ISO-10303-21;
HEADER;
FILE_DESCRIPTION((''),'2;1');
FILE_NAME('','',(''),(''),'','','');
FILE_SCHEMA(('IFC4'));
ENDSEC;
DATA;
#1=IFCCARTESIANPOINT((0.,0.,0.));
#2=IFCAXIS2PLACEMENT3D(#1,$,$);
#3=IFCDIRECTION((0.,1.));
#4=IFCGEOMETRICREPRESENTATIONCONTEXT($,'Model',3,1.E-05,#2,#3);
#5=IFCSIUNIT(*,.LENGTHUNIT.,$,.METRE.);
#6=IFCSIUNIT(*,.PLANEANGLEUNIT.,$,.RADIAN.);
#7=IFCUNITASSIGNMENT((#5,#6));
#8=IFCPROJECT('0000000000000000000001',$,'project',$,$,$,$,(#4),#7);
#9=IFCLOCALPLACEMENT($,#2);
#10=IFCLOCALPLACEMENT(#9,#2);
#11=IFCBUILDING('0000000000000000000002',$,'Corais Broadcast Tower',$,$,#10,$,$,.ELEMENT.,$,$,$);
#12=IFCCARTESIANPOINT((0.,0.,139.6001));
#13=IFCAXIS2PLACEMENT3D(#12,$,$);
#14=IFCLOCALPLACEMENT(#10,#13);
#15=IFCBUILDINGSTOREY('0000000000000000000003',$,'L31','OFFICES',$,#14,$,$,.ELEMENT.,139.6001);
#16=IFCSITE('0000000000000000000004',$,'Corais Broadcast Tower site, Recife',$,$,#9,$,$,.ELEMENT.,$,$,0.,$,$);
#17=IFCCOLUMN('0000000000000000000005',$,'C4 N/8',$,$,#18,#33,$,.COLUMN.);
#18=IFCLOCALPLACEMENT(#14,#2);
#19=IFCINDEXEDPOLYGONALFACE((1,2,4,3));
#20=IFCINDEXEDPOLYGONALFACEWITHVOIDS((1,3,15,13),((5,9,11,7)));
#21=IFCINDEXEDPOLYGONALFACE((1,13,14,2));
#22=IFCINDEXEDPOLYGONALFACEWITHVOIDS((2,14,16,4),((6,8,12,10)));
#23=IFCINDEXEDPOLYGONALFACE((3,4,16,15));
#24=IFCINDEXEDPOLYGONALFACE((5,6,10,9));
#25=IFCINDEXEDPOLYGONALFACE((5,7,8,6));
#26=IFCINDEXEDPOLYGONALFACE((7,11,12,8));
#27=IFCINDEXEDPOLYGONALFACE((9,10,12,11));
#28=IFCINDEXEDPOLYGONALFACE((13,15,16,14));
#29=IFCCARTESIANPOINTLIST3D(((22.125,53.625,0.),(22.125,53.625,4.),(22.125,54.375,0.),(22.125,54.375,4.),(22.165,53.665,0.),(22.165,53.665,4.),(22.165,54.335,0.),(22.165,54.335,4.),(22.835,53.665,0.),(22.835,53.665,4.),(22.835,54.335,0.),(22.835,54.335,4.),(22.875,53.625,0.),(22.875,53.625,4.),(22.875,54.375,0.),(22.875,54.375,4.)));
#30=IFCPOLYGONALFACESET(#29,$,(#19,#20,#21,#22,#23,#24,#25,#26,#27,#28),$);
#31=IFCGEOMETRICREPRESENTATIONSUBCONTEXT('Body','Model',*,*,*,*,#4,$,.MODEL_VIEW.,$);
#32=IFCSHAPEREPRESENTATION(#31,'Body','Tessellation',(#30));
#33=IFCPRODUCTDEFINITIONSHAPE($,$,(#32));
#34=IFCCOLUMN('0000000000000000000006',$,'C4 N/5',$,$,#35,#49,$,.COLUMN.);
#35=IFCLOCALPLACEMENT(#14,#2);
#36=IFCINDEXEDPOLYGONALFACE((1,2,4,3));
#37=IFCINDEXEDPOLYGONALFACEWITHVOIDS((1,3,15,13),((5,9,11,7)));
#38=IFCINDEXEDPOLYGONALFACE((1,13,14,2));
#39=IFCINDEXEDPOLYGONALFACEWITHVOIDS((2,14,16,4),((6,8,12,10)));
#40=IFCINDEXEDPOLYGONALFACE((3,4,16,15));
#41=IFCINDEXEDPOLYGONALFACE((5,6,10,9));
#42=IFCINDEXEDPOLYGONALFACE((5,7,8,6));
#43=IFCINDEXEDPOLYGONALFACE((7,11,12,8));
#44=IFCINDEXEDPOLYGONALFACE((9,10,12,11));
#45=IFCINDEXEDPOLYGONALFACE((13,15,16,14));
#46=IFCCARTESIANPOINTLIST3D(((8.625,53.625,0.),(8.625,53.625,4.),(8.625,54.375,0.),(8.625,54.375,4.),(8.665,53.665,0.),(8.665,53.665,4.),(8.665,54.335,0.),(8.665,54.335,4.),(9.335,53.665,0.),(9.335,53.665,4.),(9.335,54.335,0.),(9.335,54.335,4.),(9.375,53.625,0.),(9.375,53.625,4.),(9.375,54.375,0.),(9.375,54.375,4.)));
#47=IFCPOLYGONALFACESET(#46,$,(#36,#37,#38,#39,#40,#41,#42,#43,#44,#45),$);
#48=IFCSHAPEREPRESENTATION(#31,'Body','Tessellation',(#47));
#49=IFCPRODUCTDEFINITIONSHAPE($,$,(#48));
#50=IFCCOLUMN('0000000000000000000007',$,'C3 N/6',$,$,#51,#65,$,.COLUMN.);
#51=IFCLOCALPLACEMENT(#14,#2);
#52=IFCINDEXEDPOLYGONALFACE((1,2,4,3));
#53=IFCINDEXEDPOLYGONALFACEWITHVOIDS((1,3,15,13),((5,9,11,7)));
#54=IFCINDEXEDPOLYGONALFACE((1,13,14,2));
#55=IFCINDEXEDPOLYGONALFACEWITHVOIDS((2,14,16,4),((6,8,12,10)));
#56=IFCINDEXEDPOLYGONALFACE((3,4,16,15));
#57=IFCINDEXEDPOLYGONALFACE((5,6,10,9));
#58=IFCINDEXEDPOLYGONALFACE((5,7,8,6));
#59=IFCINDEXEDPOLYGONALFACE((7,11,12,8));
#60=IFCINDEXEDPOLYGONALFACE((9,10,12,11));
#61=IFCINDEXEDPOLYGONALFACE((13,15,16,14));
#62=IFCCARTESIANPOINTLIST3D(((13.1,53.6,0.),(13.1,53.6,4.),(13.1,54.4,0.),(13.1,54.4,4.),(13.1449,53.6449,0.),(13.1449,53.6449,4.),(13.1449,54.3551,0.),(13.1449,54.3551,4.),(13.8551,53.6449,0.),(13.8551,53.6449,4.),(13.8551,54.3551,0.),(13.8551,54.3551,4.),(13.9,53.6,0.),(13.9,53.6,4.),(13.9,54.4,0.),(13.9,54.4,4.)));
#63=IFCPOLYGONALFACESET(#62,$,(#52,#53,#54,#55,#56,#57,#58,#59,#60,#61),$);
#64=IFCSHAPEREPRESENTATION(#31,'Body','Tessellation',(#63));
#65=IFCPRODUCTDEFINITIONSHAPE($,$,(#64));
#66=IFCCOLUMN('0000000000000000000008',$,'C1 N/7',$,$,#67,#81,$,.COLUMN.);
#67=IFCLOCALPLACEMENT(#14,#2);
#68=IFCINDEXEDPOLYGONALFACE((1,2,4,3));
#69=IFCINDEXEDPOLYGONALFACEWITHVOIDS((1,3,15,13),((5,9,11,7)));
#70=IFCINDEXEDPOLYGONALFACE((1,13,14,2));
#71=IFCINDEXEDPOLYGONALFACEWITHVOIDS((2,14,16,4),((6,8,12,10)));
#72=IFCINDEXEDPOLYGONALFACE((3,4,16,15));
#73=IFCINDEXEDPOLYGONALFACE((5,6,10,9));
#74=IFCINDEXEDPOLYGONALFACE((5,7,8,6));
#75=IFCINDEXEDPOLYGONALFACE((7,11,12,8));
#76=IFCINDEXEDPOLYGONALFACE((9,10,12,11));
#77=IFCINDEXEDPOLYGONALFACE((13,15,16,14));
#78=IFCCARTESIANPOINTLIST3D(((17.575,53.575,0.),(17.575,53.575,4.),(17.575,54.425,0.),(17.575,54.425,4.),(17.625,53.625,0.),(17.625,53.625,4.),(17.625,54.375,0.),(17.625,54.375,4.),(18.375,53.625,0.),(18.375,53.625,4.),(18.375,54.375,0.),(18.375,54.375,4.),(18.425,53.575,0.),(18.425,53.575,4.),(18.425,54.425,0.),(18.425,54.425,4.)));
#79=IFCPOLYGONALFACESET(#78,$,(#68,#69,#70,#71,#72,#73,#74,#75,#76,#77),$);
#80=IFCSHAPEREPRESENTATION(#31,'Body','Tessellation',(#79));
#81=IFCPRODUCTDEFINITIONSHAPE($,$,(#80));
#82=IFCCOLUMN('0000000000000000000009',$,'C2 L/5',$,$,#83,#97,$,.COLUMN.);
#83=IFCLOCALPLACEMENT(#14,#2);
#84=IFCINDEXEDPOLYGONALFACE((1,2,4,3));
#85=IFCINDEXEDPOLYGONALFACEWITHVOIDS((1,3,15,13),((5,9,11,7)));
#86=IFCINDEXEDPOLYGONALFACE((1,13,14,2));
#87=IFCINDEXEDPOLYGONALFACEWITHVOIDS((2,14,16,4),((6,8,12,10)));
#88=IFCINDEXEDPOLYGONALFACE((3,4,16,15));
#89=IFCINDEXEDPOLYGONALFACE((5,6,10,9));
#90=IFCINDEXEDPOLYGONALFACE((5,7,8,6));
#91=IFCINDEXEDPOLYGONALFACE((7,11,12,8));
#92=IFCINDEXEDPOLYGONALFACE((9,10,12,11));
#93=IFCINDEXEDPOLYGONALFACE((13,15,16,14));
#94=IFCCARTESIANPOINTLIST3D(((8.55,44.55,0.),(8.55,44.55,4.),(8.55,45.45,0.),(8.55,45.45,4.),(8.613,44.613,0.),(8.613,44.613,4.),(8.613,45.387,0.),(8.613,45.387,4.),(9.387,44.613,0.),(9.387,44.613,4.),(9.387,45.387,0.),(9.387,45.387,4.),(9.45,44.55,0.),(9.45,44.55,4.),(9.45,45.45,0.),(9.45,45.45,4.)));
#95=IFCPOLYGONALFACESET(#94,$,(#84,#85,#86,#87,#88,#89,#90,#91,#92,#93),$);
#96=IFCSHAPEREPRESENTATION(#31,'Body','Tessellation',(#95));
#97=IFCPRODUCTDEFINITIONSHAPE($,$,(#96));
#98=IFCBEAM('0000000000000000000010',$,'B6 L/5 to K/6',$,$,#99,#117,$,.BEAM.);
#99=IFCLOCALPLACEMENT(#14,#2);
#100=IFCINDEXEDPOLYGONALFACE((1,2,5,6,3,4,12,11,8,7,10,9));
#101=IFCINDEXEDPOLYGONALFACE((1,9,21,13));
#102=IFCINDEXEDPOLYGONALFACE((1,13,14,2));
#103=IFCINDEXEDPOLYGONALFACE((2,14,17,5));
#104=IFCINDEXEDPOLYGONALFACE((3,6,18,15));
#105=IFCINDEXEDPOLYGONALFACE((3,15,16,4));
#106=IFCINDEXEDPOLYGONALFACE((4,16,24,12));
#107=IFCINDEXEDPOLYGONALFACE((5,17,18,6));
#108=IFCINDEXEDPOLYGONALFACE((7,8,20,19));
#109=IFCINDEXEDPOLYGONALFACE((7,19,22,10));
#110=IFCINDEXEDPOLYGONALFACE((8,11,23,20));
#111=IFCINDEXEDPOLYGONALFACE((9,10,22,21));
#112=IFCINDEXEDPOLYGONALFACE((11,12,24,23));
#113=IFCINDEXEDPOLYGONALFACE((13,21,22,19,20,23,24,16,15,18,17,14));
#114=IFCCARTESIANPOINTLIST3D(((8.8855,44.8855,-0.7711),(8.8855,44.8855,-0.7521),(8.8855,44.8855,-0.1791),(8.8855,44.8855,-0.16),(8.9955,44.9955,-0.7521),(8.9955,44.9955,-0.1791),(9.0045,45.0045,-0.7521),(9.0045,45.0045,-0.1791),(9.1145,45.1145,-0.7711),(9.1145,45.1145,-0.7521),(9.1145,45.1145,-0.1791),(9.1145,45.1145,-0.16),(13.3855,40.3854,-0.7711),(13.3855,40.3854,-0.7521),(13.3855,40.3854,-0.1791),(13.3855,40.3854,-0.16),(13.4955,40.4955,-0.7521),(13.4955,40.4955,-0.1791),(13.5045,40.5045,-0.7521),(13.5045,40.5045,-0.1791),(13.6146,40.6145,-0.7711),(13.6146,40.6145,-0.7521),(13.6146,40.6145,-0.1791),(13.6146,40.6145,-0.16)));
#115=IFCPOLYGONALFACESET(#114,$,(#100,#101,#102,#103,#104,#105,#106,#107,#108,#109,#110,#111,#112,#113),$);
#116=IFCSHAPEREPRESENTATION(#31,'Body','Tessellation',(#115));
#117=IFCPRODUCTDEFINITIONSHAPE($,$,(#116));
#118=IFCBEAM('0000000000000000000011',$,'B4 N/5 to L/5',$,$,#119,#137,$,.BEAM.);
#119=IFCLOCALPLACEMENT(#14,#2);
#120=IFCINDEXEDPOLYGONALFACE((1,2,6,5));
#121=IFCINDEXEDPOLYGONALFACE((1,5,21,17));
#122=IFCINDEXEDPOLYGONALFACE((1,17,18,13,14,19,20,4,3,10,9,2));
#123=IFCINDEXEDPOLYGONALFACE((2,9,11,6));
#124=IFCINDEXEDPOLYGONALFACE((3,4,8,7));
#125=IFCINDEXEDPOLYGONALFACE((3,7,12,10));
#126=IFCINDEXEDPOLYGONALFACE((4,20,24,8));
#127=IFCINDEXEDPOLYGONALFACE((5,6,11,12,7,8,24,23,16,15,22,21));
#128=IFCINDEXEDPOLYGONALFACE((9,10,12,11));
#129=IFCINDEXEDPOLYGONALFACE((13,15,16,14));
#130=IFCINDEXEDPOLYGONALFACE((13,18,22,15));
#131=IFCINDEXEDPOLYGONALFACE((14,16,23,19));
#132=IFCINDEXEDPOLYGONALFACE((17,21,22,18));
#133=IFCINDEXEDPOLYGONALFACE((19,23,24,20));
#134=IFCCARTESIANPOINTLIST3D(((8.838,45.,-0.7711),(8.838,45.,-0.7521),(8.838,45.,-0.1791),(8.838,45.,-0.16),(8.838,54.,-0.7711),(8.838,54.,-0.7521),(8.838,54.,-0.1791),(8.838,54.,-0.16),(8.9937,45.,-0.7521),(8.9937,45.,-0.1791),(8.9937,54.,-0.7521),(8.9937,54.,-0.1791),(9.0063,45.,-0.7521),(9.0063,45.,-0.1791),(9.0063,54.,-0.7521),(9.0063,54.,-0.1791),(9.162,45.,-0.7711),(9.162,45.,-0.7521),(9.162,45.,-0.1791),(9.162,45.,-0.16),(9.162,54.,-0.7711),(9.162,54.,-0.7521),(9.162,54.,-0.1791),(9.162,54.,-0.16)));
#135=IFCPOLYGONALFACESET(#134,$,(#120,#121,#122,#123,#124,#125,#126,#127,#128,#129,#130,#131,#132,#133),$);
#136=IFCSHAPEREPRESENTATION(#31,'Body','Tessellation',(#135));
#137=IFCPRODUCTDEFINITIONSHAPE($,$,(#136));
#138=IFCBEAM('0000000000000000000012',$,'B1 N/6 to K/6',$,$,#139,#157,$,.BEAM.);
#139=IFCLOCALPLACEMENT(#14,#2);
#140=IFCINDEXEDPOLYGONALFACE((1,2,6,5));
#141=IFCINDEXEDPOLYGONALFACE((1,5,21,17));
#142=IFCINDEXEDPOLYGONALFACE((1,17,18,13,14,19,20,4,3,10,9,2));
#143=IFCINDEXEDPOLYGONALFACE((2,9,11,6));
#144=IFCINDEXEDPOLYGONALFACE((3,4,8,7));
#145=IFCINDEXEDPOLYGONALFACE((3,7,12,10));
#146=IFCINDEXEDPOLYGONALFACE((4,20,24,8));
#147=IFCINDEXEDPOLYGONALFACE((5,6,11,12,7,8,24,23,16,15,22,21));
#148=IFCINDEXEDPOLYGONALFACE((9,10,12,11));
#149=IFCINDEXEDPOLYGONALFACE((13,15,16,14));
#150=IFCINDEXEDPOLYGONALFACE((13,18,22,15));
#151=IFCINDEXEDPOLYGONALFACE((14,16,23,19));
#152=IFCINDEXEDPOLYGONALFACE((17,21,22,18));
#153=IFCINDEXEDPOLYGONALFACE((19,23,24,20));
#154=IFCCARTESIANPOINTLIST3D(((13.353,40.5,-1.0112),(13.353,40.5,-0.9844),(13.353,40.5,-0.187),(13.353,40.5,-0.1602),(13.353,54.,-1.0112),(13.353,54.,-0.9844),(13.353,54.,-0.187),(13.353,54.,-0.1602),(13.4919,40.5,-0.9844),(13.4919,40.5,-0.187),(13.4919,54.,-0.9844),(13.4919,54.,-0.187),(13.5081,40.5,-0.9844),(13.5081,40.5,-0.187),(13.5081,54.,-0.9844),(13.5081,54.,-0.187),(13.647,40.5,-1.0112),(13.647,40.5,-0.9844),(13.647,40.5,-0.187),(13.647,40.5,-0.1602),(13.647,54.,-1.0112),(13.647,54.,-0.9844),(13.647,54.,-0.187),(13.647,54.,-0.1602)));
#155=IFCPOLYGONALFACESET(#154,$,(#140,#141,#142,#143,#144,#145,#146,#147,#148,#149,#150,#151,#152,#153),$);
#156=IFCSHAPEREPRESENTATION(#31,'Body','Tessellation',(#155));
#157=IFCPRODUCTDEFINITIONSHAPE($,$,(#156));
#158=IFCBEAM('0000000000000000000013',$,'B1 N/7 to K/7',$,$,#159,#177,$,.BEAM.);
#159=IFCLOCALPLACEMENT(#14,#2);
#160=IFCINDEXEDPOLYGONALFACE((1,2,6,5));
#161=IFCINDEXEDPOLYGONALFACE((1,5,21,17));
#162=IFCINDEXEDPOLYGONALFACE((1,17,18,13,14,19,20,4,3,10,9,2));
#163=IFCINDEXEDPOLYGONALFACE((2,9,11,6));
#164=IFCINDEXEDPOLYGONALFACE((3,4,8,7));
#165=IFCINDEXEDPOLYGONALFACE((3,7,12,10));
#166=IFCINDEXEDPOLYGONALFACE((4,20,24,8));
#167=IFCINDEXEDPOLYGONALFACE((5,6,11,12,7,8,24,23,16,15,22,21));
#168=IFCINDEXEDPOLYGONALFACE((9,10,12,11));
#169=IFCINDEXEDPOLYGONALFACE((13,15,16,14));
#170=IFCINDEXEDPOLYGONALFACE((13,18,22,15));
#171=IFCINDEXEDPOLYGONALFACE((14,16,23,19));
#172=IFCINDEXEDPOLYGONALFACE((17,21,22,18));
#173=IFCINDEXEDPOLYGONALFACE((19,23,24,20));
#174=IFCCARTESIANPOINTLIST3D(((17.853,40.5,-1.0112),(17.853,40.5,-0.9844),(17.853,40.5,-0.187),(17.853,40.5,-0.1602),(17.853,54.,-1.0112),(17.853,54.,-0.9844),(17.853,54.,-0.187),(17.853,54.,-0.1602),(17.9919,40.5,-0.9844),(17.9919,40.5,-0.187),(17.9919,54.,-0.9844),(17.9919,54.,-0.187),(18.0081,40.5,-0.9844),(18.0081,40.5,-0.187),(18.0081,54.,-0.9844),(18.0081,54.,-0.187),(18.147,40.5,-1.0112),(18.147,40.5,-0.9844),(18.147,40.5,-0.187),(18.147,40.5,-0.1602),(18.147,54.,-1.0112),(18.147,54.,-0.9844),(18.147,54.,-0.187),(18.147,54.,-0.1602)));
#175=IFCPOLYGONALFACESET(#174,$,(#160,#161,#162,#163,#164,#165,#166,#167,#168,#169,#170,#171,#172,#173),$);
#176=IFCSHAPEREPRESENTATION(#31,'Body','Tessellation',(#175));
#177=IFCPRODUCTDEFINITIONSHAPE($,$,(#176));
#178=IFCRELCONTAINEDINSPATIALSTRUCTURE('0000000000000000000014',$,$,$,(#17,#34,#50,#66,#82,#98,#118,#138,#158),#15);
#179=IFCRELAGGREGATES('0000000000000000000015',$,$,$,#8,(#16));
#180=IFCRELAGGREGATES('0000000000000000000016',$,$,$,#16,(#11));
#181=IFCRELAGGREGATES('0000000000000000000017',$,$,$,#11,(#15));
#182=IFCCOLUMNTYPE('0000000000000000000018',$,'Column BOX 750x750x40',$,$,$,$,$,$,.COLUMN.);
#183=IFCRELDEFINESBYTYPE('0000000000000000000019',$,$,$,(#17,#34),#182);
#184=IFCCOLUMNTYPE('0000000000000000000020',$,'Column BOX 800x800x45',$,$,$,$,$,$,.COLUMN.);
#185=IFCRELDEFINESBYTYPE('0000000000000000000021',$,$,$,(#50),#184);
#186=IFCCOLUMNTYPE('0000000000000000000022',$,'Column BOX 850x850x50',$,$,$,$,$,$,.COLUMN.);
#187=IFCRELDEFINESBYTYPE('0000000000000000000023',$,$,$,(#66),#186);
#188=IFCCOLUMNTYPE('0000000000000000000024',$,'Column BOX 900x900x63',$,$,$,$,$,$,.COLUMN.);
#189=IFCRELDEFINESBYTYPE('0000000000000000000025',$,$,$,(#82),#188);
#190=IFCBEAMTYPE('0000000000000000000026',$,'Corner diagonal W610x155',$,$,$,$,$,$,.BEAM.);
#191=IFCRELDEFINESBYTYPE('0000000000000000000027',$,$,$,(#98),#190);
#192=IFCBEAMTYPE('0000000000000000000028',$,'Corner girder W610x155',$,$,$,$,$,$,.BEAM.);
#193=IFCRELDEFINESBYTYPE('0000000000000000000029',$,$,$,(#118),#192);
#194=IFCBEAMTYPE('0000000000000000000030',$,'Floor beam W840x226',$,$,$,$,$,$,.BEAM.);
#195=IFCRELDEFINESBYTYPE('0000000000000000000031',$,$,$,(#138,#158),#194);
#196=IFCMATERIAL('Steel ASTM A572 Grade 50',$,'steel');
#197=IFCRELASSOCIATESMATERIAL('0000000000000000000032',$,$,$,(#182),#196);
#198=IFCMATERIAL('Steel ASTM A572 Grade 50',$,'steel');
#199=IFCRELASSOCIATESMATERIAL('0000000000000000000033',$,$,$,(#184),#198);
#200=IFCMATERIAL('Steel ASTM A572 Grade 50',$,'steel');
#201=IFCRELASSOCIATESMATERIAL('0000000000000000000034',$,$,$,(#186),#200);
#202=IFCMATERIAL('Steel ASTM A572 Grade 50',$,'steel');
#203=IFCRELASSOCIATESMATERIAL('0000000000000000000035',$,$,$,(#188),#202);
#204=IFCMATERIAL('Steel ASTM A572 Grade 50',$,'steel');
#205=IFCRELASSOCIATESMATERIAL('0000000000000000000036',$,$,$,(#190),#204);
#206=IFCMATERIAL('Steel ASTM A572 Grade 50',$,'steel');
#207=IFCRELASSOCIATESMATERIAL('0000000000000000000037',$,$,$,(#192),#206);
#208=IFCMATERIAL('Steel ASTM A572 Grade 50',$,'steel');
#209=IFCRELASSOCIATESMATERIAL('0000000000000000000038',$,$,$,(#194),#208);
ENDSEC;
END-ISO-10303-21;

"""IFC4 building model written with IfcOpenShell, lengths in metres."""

from ifc_helpers import new_model, si_unit, direction, frame, origin, origin_2d, place, context, subcontext, project, spatial, hollow_rectangle, i_section, extrude, material, material_profile, profile_set, type_object, element, save


model = new_model("IFC4")

# Units and contexts
model_context = context("Model", 3, precision=1e-05, world=origin(), true_north=direction((0.0, 1.0)))
body_context = subcontext(model_context, "Body", "Model", "MODEL_VIEW")
ifc_project = project(units=[si_unit("LENGTHUNIT", "METRE"), si_unit("PLANEANGLEUNIT", "RADIAN")], contexts=[model_context])

# Site, building, storey
site_placement = place(None, origin())
site = spatial("IfcSite", under=ifc_project, at=site_placement, Name="Corais Broadcast Tower site, Recife", CompositionType="ELEMENT", RefElevation=0.0)
building_placement = place(site_placement, origin())
building = spatial("IfcBuilding", under=site, at=building_placement, Name="Corais Broadcast Tower", CompositionType="ELEMENT")
storey_placement = place(building_placement, frame((0.0, 0.0, 139.6001)))
storey = spatial("IfcBuildingStorey", under=building, at=storey_placement, Name="L31", Description="OFFICES", CompositionType="ELEMENT", Elevation=139.6001)

# Columns
ifc_material_1 = material(Name="Steel ASTM A572 Grade 50", Category="steel")
ifc_material_profile_1 = material_profile(ifc_material_1, hollow_rectangle(XDim=0.75, YDim=0.75, WallThickness=0.04, at=origin_2d()), Name="BOX 750x750x40")
ifc_profile_set_1 = profile_set([ifc_material_profile_1], Name="Steel ASTM A572 Grade 50")
column_type_1 = type_object("IfcColumnType", Name="Column BOX 750x750x40", PredefinedType="COLUMN", material=ifc_profile_set_1)
for number, where, z_axis, x_axis, name in (
    (1, (22.5, 54.0, 0.0), (0.0, 0.0, 1.0), (1.0, 0.0, 0.0), "C4 N/8"),
    (2, (9.0, 54.0, 0.0), (0.0, 0.0, 1.0), (1.0, 0.0, 0.0), "C4 N/5"),
):
    element("IfcColumn", number, at=place(storey_placement, frame(where, z_axis=z_axis, x_axis=x_axis)), inside=storey, type_object=column_type_1, Name=name, PredefinedType="COLUMN", context=body_context, shape_type="SweptSolid", body=[
        extrude(hollow_rectangle(XDim=0.75, YDim=0.75, WallThickness=0.04, at=origin_2d()), origin(), (0.0, 0.0, 1.0), 4.0),
    ])
ifc_material_2 = material(Name="Steel ASTM A572 Grade 50", Category="steel")
ifc_material_profile_2 = material_profile(ifc_material_2, hollow_rectangle(XDim=0.8, YDim=0.8, WallThickness=0.0449, at=origin_2d()), Name="BOX 800x800x45")
ifc_profile_set_2 = profile_set([ifc_material_profile_2], Name="Steel ASTM A572 Grade 50")
column_type_2 = type_object("IfcColumnType", Name="Column BOX 800x800x45", PredefinedType="COLUMN", material=ifc_profile_set_2)
column_1_placement = place(storey_placement, frame((13.5, 54.0, 0.0), z_axis=(0.0, 0.0, 1.0), x_axis=(1.0, 0.0, 0.0)))
element("IfcColumn", 3, at=column_1_placement, inside=storey, type_object=column_type_2, Name="C3 N/6", PredefinedType="COLUMN", context=body_context, shape_type="SweptSolid", body=[
    extrude(hollow_rectangle(XDim=0.8, YDim=0.8, WallThickness=0.0449, at=origin_2d()), origin(), (0.0, 0.0, 1.0), 4.0),
])
ifc_material_3 = material(Name="Steel ASTM A572 Grade 50", Category="steel")
ifc_material_profile_3 = material_profile(ifc_material_3, hollow_rectangle(XDim=0.8501, YDim=0.8501, WallThickness=0.05, at=origin_2d()), Name="BOX 850x850x50")
ifc_profile_set_3 = profile_set([ifc_material_profile_3], Name="Steel ASTM A572 Grade 50")
column_type_3 = type_object("IfcColumnType", Name="Column BOX 850x850x50", PredefinedType="COLUMN", material=ifc_profile_set_3)
column_2_placement = place(storey_placement, frame((18.0, 54.0, 0.0), z_axis=(0.0, 0.0, 1.0), x_axis=(1.0, 0.0, 0.0)))
element("IfcColumn", 4, at=column_2_placement, inside=storey, type_object=column_type_3, Name="C1 N/7", PredefinedType="COLUMN", context=body_context, shape_type="SweptSolid", body=[
    extrude(hollow_rectangle(XDim=0.8501, YDim=0.8501, WallThickness=0.05, at=origin_2d()), origin(), (0.0, 0.0, 1.0), 4.0),
])
ifc_material_4 = material(Name="Steel ASTM A572 Grade 50", Category="steel")
ifc_material_profile_4 = material_profile(ifc_material_4, hollow_rectangle(XDim=0.8999, YDim=0.8999, WallThickness=0.063, at=origin_2d()), Name="BOX 900x900x63")
ifc_profile_set_4 = profile_set([ifc_material_profile_4], Name="Steel ASTM A572 Grade 50")
column_type_4 = type_object("IfcColumnType", Name="Column BOX 900x900x63", PredefinedType="COLUMN", material=ifc_profile_set_4)
column_3_placement = place(storey_placement, frame((9.0, 45.0, 0.0), z_axis=(0.0, 0.0, 1.0), x_axis=(1.0, 0.0, 0.0)))
element("IfcColumn", 5, at=column_3_placement, inside=storey, type_object=column_type_4, Name="C2 L/5", PredefinedType="COLUMN", context=body_context, shape_type="SweptSolid", body=[
    extrude(hollow_rectangle(XDim=0.8999, YDim=0.8999, WallThickness=0.063, at=origin_2d()), origin(), (0.0, 0.0, 1.0), 4.0),
])

# Beams
ifc_material_5 = material(Name="Steel ASTM A572 Grade 50", Category="steel")
ifc_material_profile_5 = material_profile(ifc_material_5, i_section(OverallWidth=0.324, OverallDepth=0.6111, WebThickness=0.0127, FlangeThickness=0.019, at=origin_2d()), Name="W610x155")
ifc_profile_set_5 = profile_set([ifc_material_profile_5], Name="Steel ASTM A572 Grade 50")
beam_type_1 = type_object("IfcBeamType", Name="Corner diagonal W610x155", PredefinedType="BEAM", material=ifc_profile_set_5)
beam_1_placement = place(storey_placement, frame((9.0, 45.0, -0.4656), z_axis=(0.707107, -0.707107, 0.0), x_axis=(0.707107, 0.707107, 0.0)))
element("IfcBeam", 6, at=beam_1_placement, inside=storey, type_object=beam_type_1, Name="B6 L/5 to K/6", PredefinedType="BEAM", context=body_context, shape_type="SweptSolid", body=[
    extrude(i_section(OverallWidth=0.324, OverallDepth=0.6111, WebThickness=0.0127, FlangeThickness=0.019, at=origin_2d()), origin(), (0.0, 0.0, 1.0), 6.364),
])
ifc_material_6 = material(Name="Steel ASTM A572 Grade 50", Category="steel")
ifc_material_profile_6 = material_profile(ifc_material_6, i_section(OverallWidth=0.324, OverallDepth=0.6111, WebThickness=0.0127, FlangeThickness=0.019, at=origin_2d()), Name="W610x155")
ifc_profile_set_6 = profile_set([ifc_material_profile_6], Name="Steel ASTM A572 Grade 50")
beam_type_2 = type_object("IfcBeamType", Name="Corner girder W610x155", PredefinedType="BEAM", material=ifc_profile_set_6)
beam_2_placement = place(storey_placement, frame((9.0, 54.0, -0.4656), z_axis=(0.0, -1.0, 0.0), x_axis=(1.0, 0.0, 0.0)))
element("IfcBeam", 7, at=beam_2_placement, inside=storey, type_object=beam_type_2, Name="B4 N/5 to L/5", PredefinedType="BEAM", context=body_context, shape_type="SweptSolid", body=[
    extrude(i_section(OverallWidth=0.324, OverallDepth=0.6111, WebThickness=0.0127, FlangeThickness=0.019, at=origin_2d()), origin(), (0.0, 0.0, 1.0), 9.0),
])
ifc_material_7 = material(Name="Steel ASTM A572 Grade 50", Category="steel")
ifc_material_profile_7 = material_profile(ifc_material_7, i_section(OverallWidth=0.2939, OverallDepth=0.8511, WebThickness=0.0161, FlangeThickness=0.0269, at=origin_2d()), Name="W840x226")
ifc_profile_set_7 = profile_set([ifc_material_profile_7], Name="Steel ASTM A572 Grade 50")
beam_type_3 = type_object("IfcBeamType", Name="Floor beam W840x226", PredefinedType="BEAM", material=ifc_profile_set_7)
for number, where, z_axis, x_axis, name in (
    (8, (13.5, 54.0, -0.5857), (0.0, -1.0, 0.0), (1.0, 0.0, 0.0), "B1 N/6 to K/6"),
    (9, (18.0, 54.0, -0.5857), (0.0, -1.0, 0.0), (1.0, 0.0, 0.0), "B1 N/7 to K/7"),
):
    element("IfcBeam", number, at=place(storey_placement, frame(where, z_axis=z_axis, x_axis=x_axis)), inside=storey, type_object=beam_type_3, Name=name, PredefinedType="BEAM", context=body_context, shape_type="SweptSolid", body=[
        extrude(i_section(OverallWidth=0.2939, OverallDepth=0.8511, WebThickness=0.0161, FlangeThickness=0.0269, at=origin_2d()), origin(), (0.0, 0.0, 1.0), 13.5),
    ])

save(model, "model.ifc")
